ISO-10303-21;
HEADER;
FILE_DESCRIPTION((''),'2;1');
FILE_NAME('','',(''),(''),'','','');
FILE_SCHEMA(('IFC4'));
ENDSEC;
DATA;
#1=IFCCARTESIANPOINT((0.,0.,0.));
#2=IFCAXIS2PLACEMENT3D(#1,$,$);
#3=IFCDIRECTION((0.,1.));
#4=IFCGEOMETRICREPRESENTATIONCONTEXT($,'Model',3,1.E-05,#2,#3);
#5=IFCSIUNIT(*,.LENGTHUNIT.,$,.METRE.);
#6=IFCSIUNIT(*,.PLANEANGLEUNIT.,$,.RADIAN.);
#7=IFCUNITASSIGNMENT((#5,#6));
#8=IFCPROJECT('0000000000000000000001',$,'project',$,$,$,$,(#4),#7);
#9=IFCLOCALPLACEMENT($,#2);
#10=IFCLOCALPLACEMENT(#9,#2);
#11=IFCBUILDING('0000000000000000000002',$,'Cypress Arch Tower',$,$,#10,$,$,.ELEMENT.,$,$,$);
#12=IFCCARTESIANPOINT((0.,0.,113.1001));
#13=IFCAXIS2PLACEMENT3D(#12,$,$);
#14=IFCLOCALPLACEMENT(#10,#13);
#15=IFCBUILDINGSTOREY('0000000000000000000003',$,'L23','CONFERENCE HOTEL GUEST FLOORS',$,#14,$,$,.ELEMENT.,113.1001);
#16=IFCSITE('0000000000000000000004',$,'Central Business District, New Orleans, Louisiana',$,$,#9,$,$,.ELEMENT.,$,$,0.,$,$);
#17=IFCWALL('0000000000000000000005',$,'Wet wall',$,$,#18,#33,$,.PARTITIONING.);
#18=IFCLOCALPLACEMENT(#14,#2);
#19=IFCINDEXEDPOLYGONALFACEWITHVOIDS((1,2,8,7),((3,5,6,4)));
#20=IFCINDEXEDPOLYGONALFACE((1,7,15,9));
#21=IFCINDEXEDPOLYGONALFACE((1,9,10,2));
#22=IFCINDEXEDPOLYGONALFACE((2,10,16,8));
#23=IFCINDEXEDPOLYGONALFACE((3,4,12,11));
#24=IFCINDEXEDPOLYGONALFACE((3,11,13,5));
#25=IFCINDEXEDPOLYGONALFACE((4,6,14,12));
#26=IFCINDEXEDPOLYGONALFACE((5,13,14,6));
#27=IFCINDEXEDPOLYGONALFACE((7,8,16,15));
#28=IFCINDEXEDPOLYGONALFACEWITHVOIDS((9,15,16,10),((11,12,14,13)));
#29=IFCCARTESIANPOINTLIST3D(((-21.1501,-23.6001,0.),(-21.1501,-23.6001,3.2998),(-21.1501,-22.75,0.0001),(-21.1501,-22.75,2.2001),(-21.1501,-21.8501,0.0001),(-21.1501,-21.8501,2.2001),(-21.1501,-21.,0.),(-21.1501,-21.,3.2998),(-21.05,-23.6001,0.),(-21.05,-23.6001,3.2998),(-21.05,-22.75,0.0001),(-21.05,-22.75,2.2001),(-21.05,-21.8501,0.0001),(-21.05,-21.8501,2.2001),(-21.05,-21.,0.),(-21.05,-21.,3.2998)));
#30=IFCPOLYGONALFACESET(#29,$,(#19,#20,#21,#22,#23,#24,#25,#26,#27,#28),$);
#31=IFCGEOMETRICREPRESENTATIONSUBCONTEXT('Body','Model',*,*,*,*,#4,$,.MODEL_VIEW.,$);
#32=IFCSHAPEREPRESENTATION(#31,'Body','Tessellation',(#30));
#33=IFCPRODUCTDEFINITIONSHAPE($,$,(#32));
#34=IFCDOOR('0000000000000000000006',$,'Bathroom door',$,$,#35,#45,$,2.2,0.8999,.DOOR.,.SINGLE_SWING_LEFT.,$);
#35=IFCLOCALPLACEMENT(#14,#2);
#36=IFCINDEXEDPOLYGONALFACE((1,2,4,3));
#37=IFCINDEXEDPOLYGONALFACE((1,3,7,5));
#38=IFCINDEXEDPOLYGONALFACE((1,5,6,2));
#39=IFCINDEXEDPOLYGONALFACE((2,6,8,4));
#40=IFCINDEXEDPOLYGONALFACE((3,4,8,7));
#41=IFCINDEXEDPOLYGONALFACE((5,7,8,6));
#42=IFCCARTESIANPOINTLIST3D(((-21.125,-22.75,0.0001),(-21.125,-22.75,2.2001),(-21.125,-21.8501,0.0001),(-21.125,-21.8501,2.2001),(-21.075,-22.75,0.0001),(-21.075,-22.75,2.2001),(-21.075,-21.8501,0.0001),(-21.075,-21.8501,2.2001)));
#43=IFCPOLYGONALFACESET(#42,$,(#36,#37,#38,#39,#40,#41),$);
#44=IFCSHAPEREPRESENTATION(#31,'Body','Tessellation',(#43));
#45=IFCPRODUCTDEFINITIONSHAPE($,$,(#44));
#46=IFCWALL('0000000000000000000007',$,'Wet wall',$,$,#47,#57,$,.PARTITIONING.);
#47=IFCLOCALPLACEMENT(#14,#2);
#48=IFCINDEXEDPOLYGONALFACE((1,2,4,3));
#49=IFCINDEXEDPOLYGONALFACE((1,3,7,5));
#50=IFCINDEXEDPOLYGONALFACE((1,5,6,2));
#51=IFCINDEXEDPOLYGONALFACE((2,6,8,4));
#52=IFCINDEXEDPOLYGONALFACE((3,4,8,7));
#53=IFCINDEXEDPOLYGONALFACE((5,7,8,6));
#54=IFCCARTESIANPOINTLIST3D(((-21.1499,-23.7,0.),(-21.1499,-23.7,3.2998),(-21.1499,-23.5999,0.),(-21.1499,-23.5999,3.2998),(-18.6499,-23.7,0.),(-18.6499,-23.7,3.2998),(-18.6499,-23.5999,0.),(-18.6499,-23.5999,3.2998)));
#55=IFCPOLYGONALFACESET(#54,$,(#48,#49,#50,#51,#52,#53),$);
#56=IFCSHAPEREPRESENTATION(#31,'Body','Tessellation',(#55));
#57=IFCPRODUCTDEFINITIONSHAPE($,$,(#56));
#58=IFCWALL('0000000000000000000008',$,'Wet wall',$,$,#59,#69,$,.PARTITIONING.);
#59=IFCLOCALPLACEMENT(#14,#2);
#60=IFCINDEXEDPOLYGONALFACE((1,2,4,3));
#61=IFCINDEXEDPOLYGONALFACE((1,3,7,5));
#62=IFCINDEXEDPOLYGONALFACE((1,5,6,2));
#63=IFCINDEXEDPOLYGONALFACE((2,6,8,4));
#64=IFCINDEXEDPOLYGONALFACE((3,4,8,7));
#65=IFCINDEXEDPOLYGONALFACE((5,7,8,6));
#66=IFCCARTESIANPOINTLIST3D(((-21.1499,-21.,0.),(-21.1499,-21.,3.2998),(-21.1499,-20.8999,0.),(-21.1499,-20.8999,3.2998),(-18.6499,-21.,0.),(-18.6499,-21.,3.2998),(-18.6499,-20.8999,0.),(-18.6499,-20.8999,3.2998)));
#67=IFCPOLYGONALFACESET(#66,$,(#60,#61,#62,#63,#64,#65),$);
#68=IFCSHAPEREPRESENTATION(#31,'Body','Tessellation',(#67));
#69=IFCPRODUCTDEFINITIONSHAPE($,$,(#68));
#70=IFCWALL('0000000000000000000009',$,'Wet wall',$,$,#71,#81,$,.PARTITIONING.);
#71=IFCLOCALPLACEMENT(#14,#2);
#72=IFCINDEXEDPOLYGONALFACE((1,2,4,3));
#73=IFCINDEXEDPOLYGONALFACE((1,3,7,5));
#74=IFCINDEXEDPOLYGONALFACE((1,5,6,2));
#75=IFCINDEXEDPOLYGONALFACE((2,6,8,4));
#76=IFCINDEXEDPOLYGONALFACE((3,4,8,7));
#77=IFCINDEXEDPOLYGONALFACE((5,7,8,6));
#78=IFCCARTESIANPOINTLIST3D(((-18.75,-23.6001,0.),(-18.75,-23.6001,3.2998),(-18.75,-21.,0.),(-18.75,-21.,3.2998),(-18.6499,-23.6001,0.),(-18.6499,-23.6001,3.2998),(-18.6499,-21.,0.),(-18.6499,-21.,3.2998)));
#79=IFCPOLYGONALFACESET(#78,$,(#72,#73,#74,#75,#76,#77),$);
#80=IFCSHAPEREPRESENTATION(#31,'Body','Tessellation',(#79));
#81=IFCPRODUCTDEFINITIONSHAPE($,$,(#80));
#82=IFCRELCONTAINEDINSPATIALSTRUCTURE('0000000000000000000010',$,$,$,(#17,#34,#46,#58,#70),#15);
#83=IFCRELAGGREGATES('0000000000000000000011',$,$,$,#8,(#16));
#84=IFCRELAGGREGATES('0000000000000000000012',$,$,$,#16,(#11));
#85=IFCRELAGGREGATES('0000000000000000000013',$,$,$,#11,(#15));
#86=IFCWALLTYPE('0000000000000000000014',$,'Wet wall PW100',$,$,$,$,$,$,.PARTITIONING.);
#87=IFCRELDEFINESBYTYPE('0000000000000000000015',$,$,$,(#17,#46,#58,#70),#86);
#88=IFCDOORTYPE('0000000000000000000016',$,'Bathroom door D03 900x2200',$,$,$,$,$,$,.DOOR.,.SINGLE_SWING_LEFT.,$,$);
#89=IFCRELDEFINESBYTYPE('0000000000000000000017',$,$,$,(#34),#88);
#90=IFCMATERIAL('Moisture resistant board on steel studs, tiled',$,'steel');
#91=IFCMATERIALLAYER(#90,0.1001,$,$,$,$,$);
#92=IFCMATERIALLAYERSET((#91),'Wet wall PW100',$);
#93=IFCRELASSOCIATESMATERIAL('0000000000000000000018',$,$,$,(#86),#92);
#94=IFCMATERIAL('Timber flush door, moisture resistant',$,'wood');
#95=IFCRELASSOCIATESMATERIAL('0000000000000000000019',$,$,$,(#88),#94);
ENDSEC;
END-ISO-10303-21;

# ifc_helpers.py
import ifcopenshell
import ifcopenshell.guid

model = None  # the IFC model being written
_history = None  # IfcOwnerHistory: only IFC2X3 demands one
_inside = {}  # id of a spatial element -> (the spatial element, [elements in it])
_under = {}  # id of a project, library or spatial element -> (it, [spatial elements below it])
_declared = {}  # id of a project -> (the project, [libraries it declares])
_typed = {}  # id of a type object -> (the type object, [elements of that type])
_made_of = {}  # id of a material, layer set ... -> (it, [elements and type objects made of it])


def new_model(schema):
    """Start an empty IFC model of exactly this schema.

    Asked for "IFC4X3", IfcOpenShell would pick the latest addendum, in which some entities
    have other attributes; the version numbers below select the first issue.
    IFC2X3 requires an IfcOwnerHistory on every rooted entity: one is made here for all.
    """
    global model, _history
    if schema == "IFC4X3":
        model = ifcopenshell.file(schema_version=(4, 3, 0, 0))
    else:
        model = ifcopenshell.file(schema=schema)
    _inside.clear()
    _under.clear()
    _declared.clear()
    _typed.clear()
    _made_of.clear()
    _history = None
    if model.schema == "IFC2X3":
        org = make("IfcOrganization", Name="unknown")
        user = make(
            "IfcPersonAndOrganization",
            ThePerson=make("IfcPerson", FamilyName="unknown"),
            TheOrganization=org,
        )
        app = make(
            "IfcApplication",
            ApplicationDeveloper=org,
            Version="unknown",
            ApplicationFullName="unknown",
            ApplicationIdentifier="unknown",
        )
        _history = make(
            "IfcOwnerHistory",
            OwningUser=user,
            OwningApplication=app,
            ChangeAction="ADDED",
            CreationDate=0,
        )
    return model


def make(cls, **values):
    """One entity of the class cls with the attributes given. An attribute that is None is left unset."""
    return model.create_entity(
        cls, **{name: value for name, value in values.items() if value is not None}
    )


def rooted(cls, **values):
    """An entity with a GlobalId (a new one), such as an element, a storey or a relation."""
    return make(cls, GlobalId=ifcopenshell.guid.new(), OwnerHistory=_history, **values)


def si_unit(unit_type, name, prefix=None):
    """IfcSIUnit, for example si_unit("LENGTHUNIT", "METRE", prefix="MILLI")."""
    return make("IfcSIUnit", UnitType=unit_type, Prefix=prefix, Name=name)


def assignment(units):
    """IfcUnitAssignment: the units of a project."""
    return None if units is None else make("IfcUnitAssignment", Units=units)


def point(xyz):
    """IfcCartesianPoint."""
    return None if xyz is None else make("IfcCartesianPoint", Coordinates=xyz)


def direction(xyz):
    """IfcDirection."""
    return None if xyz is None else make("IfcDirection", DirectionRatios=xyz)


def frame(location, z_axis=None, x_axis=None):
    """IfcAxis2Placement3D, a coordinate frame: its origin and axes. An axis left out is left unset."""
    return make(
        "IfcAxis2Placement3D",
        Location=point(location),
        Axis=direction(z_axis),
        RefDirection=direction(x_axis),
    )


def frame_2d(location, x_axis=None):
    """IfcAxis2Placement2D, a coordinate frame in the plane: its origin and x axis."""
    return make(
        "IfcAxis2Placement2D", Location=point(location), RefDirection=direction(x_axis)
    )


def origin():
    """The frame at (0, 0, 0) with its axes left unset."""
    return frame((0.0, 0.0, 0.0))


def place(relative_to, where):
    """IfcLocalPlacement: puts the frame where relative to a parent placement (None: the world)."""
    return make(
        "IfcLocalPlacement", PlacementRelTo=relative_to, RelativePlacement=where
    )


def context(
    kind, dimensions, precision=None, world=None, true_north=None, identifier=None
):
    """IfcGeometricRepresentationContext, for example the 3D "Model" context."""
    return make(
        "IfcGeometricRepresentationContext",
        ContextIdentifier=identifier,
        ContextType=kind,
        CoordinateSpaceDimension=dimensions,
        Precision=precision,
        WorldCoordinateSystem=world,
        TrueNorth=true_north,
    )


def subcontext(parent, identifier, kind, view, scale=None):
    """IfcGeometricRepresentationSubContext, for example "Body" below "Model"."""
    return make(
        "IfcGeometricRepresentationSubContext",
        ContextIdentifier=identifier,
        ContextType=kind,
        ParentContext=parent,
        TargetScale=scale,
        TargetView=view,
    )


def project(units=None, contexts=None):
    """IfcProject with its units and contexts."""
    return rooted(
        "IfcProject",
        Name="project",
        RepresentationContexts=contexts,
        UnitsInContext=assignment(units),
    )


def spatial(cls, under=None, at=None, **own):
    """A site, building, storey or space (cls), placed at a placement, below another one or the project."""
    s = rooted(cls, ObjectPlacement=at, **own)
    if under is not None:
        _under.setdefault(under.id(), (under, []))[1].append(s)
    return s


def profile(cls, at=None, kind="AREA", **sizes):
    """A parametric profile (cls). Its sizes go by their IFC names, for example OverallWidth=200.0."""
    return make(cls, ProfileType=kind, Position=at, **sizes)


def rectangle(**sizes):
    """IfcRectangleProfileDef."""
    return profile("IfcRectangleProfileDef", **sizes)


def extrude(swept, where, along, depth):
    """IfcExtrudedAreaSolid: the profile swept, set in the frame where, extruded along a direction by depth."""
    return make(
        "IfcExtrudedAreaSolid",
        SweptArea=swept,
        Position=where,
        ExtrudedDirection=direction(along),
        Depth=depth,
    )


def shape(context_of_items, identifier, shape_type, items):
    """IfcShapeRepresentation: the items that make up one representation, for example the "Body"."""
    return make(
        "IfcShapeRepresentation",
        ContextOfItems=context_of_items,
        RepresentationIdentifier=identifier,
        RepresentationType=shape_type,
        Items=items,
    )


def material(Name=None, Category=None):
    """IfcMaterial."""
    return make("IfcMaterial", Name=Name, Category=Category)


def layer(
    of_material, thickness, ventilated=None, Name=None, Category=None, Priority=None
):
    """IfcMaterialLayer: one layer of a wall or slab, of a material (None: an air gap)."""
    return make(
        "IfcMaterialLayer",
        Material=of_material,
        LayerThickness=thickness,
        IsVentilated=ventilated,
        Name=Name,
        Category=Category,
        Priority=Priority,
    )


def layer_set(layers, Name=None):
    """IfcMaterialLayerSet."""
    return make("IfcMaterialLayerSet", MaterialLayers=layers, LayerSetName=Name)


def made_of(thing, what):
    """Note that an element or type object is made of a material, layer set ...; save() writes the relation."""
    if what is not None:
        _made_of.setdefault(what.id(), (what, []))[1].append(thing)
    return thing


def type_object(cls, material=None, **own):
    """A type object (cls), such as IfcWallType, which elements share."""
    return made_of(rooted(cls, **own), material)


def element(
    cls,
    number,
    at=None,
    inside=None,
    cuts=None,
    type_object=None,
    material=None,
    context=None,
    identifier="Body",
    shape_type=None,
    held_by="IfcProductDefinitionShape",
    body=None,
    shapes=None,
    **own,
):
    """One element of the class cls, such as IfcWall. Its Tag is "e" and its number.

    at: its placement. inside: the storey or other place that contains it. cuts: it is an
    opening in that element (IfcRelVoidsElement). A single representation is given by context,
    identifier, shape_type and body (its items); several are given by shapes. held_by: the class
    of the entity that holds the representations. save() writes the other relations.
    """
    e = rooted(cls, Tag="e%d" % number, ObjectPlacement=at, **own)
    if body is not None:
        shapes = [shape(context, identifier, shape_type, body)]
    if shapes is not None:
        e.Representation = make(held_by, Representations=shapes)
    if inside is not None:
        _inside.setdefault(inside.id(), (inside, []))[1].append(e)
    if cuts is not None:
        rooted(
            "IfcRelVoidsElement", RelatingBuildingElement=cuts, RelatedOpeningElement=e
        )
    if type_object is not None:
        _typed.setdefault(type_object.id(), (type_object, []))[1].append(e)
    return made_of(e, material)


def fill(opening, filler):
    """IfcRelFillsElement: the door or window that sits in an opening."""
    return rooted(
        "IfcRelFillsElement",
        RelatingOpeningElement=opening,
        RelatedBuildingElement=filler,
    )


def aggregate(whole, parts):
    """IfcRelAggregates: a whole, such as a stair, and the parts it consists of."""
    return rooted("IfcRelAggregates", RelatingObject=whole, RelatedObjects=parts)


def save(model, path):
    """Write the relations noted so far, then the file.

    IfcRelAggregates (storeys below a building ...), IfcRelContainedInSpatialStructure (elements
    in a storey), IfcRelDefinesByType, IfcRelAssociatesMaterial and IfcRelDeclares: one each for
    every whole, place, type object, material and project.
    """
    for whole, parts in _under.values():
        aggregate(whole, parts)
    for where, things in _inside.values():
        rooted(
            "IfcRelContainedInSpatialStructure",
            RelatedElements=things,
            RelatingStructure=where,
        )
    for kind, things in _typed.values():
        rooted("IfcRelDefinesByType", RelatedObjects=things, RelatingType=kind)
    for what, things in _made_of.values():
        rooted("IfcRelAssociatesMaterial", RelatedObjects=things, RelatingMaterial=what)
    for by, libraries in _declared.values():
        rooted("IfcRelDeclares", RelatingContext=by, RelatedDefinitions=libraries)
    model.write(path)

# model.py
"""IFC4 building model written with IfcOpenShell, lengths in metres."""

from ifc_helpers import new_model, si_unit, direction, frame, frame_2d, origin, place, context, subcontext, project, spatial, rectangle, extrude, material, layer, layer_set, type_object, element, fill, save


model = new_model("IFC4")

# Units and contexts
model_context = context("Model", 3, precision=1e-05, world=origin(), true_north=direction((0.0, 1.0)))
body_context = subcontext(model_context, "Body", "Model", "MODEL_VIEW")
ifc_project = project(units=[si_unit("LENGTHUNIT", "METRE"), si_unit("PLANEANGLEUNIT", "RADIAN")], contexts=[model_context])

# Site, building, storey
site_placement = place(None, origin())
site = spatial("IfcSite", under=ifc_project, at=site_placement, Name="Central Business District, New Orleans, Louisiana", CompositionType="ELEMENT", RefElevation=0.0)
building_placement = place(site_placement, origin())
building = spatial("IfcBuilding", under=site, at=building_placement, Name="Cypress Arch Tower", CompositionType="ELEMENT")
storey_placement = place(building_placement, frame((0.0, 0.0, 113.1001)))
storey = spatial("IfcBuildingStorey", under=building, at=storey_placement, Name="L23", Description="CONFERENCE HOTEL GUEST FLOORS", CompositionType="ELEMENT", Elevation=113.1001)

# Wall, opening, door
ifc_material_1 = material(Name="Moisture resistant board on steel studs, tiled", Category="steel")
ifc_layer_1 = layer(ifc_material_1, 0.1001)
ifc_layer_set_1 = layer_set([ifc_layer_1], Name="Wet wall PW100")
wall_type_1 = type_object("IfcWallType", Name="Wet wall PW100", PredefinedType="PARTITIONING", material=ifc_layer_set_1)
wall_1_placement = place(storey_placement, frame((-21.1001, -23.6001, 0.0), z_axis=(0.0, 0.0, 1.0), x_axis=(0.0, 1.0, 0.0)))
wall_1 = element("IfcWall", 1, at=wall_1_placement, inside=storey, type_object=wall_type_1, Name="Wet wall", PredefinedType="PARTITIONING", context=body_context, shape_type="SweptSolid", body=[
    extrude(rectangle(XDim=2.6001, YDim=0.1001, at=frame_2d((1.3, 0.0))), origin(), (0.0, 0.0, 1.0), 3.2998),
])
opening_1_placement = place(wall_1_placement, frame((0.8501, 0.0, 0.0)))
opening_1 = element("IfcOpeningElement", 2, at=opening_1_placement, cuts=wall_1, PredefinedType="OPENING", context=body_context, shape_type="SweptSolid", body=[
    extrude(rectangle(XDim=0.8999, YDim=2.2, at=frame_2d((0.45, 1.1001))), frame((0.0, 0.0601, 0.0), z_axis=(0.0, -1.0, 0.0), x_axis=(1.0, 0.0, 0.0)), (0.0, 0.0, 1.0), 0.1201),
])
ifc_material_2 = material(Name="Timber flush door, moisture resistant", Category="wood")
door_type_1 = type_object("IfcDoorType", Name="Bathroom door D03 900x2200", OperationType="SINGLE_SWING_LEFT", PredefinedType="DOOR", material=ifc_material_2)
door_1_placement = place(opening_1_placement, origin())
door_1 = element("IfcDoor", 3, at=door_1_placement, inside=storey, type_object=door_type_1, Name="Bathroom door", OperationType="SINGLE_SWING_LEFT", OverallHeight=2.2, OverallWidth=0.8999, PredefinedType="DOOR", context=body_context, shape_type="SweptSolid", body=[
    extrude(rectangle(XDim=0.8999, YDim=2.2, at=frame_2d((0.45, 1.1001))), frame((0.0, 0.0249, 0.0), z_axis=(0.0, -1.0, 0.0), x_axis=(1.0, 0.0, 0.0)), (0.0, 0.0, 1.0), 0.05),
])
fill(opening_1, door_1)

# Walls
for number, where, z_axis, x_axis, name in (
    (4, (-21.1499, -23.6499, 0.0), (0.0, 0.0, 1.0), (1.0, 0.0, 0.0), "Wet wall"),
    (5, (-21.1499, -20.95, 0.0), (0.0, 0.0, 1.0), (1.0, 0.0, 0.0), "Wet wall"),
):
    element("IfcWall", number, at=place(storey_placement, frame(where, z_axis=z_axis, x_axis=x_axis)), inside=storey, type_object=wall_type_1, Name=name, PredefinedType="PARTITIONING", context=body_context, shape_type="SweptSolid", body=[
        extrude(rectangle(XDim=2.5, YDim=0.1001, at=frame_2d((1.25, 0.0))), origin(), (0.0, 0.0, 1.0), 3.2998),
    ])
wall_2_placement = place(storey_placement, frame((-18.7, -23.6001, 0.0), z_axis=(0.0, 0.0, 1.0), x_axis=(0.0, 1.0, 0.0)))
element("IfcWall", 6, at=wall_2_placement, inside=storey, type_object=wall_type_1, Name="Wet wall", PredefinedType="PARTITIONING", context=body_context, shape_type="SweptSolid", body=[
    extrude(rectangle(XDim=2.6001, YDim=0.1001, at=frame_2d((1.3, 0.0))), origin(), (0.0, 0.0, 1.0), 3.2998),
])

save(model, "model.ifc")
